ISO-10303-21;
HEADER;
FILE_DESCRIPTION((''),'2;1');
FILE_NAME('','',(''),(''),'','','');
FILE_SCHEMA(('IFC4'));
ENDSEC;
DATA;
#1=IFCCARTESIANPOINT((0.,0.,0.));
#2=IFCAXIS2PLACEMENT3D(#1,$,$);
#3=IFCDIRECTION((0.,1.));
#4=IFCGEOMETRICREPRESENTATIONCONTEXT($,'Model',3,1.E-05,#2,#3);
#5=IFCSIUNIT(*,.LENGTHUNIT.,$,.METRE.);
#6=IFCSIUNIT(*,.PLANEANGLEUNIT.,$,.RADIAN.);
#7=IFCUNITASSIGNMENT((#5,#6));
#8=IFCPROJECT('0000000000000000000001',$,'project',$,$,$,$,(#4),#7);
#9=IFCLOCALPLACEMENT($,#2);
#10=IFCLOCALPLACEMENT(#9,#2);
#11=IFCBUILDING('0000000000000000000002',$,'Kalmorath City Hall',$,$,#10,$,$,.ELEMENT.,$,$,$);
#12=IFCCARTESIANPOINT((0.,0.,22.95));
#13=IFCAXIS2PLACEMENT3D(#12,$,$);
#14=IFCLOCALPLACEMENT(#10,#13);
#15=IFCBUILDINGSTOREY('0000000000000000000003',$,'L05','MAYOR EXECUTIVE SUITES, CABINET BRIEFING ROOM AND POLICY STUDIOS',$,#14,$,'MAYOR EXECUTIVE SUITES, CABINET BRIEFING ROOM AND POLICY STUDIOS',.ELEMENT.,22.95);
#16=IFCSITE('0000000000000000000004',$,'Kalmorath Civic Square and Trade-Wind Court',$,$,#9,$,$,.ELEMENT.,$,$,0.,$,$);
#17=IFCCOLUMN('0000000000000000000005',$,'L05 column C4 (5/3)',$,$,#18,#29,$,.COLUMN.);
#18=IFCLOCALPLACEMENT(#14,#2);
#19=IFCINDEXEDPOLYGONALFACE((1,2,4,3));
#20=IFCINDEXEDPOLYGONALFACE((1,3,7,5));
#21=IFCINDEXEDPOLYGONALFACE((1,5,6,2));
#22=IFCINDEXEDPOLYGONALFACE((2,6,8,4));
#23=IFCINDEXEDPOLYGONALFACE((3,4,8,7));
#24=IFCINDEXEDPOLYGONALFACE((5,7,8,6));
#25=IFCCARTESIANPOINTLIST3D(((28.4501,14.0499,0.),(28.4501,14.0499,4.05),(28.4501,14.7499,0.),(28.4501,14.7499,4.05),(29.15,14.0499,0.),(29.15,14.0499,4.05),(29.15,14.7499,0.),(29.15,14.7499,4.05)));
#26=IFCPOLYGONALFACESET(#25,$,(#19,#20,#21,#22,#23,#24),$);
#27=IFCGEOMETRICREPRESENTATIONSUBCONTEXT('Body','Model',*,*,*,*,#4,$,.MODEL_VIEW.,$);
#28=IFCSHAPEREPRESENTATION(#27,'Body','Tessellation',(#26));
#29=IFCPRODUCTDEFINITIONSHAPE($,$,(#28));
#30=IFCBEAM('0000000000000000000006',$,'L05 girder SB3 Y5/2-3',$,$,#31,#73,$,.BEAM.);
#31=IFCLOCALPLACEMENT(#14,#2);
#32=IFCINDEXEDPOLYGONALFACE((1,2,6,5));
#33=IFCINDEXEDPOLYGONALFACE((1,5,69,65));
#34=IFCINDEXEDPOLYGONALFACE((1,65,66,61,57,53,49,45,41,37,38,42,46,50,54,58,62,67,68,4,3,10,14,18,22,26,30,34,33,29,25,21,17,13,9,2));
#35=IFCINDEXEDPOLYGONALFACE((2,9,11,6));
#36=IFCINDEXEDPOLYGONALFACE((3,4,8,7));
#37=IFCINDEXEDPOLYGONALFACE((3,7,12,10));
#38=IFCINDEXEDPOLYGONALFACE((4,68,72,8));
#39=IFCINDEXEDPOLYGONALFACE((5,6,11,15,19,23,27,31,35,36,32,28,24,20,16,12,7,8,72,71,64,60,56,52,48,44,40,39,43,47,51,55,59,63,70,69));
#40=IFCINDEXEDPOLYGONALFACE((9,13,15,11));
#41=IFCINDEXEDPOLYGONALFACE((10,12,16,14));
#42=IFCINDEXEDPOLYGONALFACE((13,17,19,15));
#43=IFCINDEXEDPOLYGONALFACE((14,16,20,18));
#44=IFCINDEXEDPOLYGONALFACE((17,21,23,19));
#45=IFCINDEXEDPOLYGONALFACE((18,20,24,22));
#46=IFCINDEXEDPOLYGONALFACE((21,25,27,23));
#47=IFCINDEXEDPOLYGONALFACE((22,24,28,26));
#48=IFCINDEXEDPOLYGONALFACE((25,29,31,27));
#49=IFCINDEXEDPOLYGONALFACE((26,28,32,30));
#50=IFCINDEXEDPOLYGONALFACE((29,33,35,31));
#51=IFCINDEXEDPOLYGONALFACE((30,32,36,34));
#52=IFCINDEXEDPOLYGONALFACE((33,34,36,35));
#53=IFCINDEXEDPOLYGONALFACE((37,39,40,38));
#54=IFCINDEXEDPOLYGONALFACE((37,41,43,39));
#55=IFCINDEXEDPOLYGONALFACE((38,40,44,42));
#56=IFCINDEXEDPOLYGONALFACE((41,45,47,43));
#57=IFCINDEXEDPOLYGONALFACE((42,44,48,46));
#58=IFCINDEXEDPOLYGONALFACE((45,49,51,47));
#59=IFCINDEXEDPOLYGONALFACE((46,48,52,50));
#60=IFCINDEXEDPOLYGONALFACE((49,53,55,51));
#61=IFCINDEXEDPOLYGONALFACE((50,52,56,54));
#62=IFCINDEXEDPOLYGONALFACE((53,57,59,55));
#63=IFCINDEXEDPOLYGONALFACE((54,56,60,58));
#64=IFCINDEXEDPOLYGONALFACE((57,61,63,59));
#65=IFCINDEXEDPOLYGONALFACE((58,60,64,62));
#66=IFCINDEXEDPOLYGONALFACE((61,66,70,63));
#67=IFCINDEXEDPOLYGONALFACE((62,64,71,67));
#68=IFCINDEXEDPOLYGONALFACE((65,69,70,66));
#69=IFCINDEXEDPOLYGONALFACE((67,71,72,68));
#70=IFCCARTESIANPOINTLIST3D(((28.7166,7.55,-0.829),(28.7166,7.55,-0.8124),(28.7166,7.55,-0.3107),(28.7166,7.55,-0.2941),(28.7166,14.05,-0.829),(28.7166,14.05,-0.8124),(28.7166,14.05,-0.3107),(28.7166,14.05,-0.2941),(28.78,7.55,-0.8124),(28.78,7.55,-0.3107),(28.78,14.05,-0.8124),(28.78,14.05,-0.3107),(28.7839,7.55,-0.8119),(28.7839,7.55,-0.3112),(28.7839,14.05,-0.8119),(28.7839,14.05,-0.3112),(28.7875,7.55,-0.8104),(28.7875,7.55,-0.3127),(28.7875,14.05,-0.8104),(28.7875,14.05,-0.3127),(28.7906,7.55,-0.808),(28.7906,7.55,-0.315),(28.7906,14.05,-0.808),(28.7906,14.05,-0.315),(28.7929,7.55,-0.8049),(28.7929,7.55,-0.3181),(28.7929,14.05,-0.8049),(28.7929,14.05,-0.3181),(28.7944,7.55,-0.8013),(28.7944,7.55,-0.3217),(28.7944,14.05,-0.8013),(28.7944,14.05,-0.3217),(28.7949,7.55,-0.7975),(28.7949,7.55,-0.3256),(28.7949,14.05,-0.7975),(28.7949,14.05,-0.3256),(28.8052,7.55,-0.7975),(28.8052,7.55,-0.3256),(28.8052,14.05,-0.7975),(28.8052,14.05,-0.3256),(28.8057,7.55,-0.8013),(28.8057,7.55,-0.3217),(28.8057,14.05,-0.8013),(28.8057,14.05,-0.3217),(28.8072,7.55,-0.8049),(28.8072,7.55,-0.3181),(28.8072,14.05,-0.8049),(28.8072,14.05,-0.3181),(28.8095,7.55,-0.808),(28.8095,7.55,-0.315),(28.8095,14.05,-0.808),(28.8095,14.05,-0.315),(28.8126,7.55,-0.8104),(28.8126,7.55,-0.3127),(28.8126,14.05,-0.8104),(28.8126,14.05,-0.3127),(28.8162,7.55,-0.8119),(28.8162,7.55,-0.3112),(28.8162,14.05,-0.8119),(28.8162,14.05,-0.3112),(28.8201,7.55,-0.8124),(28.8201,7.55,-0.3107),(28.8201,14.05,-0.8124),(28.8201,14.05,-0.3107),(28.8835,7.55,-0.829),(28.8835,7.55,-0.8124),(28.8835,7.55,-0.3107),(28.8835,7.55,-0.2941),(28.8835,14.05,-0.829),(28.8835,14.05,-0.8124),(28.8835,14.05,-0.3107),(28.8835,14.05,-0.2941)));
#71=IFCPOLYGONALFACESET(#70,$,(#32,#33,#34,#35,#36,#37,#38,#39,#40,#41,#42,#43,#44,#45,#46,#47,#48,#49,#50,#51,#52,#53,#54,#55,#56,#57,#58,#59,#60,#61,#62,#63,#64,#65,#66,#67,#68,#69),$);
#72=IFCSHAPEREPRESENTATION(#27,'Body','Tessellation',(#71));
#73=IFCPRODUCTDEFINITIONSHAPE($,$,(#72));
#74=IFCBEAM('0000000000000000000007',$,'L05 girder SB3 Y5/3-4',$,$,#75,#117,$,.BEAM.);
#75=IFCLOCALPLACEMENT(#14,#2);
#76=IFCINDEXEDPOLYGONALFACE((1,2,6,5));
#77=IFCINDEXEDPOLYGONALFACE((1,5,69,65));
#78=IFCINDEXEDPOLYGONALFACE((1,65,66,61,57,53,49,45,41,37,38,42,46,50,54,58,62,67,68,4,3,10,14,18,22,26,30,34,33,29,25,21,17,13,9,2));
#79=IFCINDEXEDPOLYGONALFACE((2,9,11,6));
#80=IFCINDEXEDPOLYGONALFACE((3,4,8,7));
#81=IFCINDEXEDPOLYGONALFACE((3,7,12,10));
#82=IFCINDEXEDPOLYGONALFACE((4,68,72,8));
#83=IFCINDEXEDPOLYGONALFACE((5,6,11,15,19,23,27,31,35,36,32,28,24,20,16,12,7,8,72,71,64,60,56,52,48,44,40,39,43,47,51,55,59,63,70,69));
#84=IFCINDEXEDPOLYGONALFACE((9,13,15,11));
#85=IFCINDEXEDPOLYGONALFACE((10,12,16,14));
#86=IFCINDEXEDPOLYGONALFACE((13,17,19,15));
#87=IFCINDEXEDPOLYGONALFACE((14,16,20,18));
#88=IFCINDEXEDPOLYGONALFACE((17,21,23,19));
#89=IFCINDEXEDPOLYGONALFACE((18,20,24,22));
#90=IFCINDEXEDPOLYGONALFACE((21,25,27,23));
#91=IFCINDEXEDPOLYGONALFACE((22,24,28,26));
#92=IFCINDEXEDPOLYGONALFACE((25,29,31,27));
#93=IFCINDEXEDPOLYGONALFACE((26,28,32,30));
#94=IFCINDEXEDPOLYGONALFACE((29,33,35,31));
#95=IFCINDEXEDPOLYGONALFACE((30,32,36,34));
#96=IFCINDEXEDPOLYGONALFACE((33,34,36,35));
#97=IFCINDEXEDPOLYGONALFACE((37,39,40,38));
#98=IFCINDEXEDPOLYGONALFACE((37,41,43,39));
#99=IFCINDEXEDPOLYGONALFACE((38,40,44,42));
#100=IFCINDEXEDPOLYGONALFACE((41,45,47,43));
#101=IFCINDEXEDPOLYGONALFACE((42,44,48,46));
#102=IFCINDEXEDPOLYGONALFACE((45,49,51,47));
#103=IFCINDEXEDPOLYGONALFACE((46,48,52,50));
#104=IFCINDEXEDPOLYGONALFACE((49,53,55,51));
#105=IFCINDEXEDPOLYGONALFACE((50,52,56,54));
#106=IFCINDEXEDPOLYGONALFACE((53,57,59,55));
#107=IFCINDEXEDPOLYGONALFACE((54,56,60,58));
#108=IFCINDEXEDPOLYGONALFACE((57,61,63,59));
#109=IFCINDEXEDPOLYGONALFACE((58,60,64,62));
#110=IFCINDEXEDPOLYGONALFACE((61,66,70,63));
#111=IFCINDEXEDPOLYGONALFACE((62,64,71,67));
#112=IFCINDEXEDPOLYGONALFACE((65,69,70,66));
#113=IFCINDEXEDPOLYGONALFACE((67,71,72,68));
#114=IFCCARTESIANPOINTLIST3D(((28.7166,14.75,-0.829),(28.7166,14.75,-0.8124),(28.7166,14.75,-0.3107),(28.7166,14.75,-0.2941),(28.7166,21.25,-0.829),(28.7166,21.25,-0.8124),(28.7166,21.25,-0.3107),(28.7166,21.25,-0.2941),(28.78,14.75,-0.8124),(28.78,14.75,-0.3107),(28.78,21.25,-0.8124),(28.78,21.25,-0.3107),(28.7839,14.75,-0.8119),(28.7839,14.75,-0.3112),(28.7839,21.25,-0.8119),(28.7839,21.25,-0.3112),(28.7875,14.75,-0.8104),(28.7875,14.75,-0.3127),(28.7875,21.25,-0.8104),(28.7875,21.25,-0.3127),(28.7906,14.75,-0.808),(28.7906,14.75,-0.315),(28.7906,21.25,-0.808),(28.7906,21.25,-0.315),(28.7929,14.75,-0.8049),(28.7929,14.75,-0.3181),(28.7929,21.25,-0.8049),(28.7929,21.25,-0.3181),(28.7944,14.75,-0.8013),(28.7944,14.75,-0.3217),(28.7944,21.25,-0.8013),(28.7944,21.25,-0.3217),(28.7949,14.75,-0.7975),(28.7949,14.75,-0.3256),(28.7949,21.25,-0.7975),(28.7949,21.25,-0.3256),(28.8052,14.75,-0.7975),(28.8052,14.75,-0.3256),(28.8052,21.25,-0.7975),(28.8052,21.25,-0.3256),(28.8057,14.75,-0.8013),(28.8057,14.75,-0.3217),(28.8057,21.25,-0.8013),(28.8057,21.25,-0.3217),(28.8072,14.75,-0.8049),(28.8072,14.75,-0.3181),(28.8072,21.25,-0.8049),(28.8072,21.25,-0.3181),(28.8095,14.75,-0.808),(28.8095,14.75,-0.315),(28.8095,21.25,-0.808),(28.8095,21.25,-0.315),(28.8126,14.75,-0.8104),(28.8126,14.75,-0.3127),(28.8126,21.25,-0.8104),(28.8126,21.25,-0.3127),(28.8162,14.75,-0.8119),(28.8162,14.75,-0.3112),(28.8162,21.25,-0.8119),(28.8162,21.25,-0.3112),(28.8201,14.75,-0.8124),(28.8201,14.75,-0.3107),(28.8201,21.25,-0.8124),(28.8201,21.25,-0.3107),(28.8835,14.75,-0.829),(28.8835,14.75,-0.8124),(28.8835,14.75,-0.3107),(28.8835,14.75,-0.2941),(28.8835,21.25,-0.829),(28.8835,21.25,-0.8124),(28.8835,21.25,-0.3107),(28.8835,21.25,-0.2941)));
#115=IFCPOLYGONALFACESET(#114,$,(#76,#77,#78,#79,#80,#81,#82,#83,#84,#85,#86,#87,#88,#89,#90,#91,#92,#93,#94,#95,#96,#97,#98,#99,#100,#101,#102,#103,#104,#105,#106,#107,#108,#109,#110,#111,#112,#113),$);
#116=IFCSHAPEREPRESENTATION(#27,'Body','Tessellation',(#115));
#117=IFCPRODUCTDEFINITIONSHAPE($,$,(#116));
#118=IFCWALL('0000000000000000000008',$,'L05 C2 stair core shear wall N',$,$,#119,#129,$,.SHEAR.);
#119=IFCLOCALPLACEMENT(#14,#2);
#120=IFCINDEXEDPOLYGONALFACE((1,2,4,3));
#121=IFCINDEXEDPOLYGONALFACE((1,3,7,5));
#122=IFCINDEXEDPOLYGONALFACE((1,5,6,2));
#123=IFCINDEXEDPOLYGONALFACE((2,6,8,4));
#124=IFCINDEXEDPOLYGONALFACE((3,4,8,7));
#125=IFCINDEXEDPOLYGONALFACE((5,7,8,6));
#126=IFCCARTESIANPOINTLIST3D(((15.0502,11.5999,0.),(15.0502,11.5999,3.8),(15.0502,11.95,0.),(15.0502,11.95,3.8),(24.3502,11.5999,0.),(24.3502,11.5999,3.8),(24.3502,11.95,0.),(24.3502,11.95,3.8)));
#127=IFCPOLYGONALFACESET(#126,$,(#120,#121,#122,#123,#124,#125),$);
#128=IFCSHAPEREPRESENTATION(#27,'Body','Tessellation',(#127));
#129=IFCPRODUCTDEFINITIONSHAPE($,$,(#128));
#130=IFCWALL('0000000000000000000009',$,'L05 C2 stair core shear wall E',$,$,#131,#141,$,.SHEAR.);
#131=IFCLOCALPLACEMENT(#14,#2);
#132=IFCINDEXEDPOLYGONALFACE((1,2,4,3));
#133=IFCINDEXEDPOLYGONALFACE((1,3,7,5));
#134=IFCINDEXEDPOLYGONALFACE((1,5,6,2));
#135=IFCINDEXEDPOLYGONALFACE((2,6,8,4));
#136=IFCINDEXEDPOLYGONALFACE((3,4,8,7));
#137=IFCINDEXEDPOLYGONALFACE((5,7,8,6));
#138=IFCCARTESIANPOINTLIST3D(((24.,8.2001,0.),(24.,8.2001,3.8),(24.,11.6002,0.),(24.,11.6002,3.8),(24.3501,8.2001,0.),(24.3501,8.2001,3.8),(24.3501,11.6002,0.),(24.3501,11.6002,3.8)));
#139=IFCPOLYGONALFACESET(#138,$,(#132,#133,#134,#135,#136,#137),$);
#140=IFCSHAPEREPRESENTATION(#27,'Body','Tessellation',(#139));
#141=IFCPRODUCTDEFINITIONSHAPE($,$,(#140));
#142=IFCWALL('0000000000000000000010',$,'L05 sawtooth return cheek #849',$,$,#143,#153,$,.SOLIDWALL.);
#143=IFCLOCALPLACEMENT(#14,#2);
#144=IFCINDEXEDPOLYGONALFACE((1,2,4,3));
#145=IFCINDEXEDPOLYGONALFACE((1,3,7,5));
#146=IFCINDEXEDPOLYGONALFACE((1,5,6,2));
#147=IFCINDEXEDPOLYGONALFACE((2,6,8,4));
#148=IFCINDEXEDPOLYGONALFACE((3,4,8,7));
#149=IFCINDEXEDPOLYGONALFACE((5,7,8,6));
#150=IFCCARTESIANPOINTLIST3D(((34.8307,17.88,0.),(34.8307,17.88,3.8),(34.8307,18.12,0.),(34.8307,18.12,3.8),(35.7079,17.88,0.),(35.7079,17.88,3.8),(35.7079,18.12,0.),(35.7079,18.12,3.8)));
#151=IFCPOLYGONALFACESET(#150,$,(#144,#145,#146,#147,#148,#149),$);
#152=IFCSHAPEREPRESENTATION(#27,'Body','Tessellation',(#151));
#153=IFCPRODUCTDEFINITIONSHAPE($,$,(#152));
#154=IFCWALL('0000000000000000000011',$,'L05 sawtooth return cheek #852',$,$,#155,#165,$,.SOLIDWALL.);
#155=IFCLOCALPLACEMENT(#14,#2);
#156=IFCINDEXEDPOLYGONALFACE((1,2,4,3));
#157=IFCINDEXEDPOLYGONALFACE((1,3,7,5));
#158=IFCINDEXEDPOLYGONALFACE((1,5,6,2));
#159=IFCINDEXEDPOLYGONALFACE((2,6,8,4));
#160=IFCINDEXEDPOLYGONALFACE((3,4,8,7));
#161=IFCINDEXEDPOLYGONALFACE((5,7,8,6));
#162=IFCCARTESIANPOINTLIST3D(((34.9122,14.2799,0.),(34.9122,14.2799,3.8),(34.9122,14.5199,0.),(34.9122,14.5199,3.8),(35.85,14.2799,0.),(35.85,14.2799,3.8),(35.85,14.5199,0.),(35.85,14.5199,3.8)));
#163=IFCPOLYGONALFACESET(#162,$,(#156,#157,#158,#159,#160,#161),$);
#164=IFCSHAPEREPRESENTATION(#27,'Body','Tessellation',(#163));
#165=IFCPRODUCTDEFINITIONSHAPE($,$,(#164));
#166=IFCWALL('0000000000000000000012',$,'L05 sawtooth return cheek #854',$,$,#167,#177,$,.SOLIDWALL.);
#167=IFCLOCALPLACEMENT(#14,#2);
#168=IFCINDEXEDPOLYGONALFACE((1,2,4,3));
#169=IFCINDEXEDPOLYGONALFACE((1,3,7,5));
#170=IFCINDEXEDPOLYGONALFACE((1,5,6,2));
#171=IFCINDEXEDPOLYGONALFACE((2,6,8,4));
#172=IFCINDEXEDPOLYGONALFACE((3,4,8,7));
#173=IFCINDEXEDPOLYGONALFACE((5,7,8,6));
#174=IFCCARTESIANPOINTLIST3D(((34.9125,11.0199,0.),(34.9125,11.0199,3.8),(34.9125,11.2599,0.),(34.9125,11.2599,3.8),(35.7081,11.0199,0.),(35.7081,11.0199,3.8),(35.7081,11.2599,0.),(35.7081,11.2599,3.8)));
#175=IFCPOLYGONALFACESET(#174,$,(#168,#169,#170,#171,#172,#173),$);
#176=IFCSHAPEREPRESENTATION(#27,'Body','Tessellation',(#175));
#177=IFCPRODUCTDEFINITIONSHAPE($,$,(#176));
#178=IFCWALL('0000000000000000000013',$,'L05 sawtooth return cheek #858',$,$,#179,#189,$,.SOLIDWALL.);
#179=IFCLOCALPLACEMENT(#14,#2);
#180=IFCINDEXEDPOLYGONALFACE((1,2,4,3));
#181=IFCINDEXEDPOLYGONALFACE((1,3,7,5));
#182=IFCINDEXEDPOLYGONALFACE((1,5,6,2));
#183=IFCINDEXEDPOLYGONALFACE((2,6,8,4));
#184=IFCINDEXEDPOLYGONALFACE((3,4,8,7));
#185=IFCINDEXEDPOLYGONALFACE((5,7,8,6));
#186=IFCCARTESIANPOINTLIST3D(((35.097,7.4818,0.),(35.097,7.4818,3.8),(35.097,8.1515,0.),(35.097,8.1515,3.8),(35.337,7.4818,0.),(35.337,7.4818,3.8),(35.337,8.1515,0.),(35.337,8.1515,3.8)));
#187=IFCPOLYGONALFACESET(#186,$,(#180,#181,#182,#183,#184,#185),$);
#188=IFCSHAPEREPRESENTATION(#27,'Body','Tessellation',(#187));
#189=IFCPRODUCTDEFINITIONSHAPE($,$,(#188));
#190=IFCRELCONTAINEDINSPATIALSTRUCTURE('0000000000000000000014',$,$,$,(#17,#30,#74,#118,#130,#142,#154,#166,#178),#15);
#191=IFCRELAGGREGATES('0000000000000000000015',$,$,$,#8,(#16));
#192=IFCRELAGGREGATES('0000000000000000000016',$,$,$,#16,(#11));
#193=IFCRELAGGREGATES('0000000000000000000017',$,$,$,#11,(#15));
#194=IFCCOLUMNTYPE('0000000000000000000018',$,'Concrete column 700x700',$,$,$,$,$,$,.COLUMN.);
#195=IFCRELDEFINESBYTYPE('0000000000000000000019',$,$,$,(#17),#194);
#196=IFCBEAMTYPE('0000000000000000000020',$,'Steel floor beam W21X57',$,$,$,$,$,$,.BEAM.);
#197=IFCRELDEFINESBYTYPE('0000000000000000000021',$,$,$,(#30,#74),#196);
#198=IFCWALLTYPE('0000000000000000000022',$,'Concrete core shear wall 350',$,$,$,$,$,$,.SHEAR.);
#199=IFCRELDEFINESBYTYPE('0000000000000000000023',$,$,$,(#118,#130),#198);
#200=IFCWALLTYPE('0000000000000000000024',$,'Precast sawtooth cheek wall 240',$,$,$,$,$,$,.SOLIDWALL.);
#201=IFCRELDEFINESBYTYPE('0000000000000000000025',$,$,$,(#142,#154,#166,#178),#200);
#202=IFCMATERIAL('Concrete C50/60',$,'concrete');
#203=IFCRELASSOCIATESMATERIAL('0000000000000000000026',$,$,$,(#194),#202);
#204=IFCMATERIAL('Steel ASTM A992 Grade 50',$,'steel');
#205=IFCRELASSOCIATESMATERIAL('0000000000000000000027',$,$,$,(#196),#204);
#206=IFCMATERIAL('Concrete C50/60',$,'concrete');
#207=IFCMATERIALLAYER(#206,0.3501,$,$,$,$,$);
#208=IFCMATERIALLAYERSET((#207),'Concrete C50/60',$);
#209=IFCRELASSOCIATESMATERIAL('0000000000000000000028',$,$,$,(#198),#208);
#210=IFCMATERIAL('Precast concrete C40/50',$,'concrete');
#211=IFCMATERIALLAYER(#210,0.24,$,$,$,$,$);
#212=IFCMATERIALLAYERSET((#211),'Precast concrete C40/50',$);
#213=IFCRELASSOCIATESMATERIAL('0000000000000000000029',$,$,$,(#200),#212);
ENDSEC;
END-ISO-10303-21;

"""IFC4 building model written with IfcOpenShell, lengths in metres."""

from ifc_helpers import new_model, si_unit, direction, frame, frame_2d, origin, origin_2d, place, context, subcontext, project, spatial, rectangle, i_section, extrude, material, layer, layer_set, material_profile, profile_set, type_object, element, save


model = new_model("IFC4")

# Units and contexts
model_context = context("Model", 3, precision=1e-05, world=origin(), true_north=direction((0.0, 1.0)))
body_context = subcontext(model_context, "Body", "Model", "MODEL_VIEW")
ifc_project = project(units=[si_unit("LENGTHUNIT", "METRE"), si_unit("PLANEANGLEUNIT", "RADIAN")], contexts=[model_context])

# Site, building, storey
site_placement = place(None, origin())
site = spatial("IfcSite", under=ifc_project, at=site_placement, Name="Kalmorath Civic Square and Trade-Wind Court", CompositionType="ELEMENT", RefElevation=0.0)
building_placement = place(site_placement, origin())
building = spatial("IfcBuilding", under=site, at=building_placement, Name="Kalmorath City Hall", CompositionType="ELEMENT")
storey_placement = place(building_placement, frame((0.0, 0.0, 22.95)))
storey = spatial("IfcBuildingStorey", under=building, at=storey_placement, Name="L05", Description="MAYOR EXECUTIVE SUITES, CABINET BRIEFING ROOM AND POLICY STUDIOS", LongName="MAYOR EXECUTIVE SUITES, CABINET BRIEFING ROOM AND POLICY STUDIOS", CompositionType="ELEMENT", Elevation=22.95)

# Column
ifc_material_1 = material(Name="Concrete C50/60", Category="concrete")
ifc_material_profile_1 = material_profile(ifc_material_1, rectangle(XDim=0.7, YDim=0.7, at=origin_2d()), Name="RC-COL-700X700")
ifc_profile_set_1 = profile_set([ifc_material_profile_1], Name="Concrete C50/60")
column_type = type_object("IfcColumnType", Name="Concrete column 700x700", PredefinedType="COLUMN", material=ifc_profile_set_1)
column_placement = place(storey_placement, frame((28.8, 14.3999, 0.0), z_axis=(0.0, 0.0, 1.0), x_axis=(1.0, 0.0, 0.0)))
element("IfcColumn", 1, at=column_placement, inside=storey, type_object=column_type, Name="L05 column C4 (5/3)", PredefinedType="COLUMN", context=body_context, shape_type="SweptSolid", body=[
    extrude(rectangle(XDim=0.7, YDim=0.7, at=origin_2d()), origin(), (0.0, 0.0, 1.0), 4.05),
])

# Beams
ifc_material_2 = material(Name="Steel ASTM A992 Grade 50", Category="steel")
ifc_material_profile_2 = material_profile(ifc_material_2, i_section(OverallWidth=0.167, OverallDepth=0.5349, WebThickness=0.0103, FlangeThickness=0.0166, FilletRadius=0.0149, at=origin_2d()), Name="W21X57")
ifc_profile_set_2 = profile_set([ifc_material_profile_2], Name="Steel ASTM A992 Grade 50")
beam_type = type_object("IfcBeamType", Name="Steel floor beam W21X57", PredefinedType="BEAM", material=ifc_profile_set_2)
for number, where, z_axis, x_axis, name in (
    (2, (28.8, 7.55, -0.5615), (0.0, 1.0, 0.0), (-1.0, 0.0, 0.0), "L05 girder SB3 Y5/2-3"),
    (3, (28.8, 14.75, -0.5615), (0.0, 1.0, 0.0), (-1.0, 0.0, 0.0), "L05 girder SB3 Y5/3-4"),
):
    element("IfcBeam", number, at=place(storey_placement, frame(where, z_axis=z_axis, x_axis=x_axis)), inside=storey, type_object=beam_type, Name=name, PredefinedType="BEAM", context=body_context, shape_type="SweptSolid", body=[
        extrude(i_section(OverallWidth=0.167, OverallDepth=0.5349, WebThickness=0.0103, FlangeThickness=0.0166, FilletRadius=0.0149, at=origin_2d()), origin(), (0.0, 0.0, 1.0), 6.5),
    ])

# Walls
ifc_material_3 = material(Name="Concrete C50/60", Category="concrete")
ifc_layer_1 = layer(ifc_material_3, 0.3501)
ifc_layer_set_1 = layer_set([ifc_layer_1], Name="Concrete C50/60")
wall_type_1 = type_object("IfcWallType", Name="Concrete core shear wall 350", PredefinedType="SHEAR", material=ifc_layer_set_1)
wall_1_placement = place(storey_placement, frame((24.3501, 11.7749, 0.0), z_axis=(0.0, 0.0, 1.0), x_axis=(-1.0, 0.0, 0.0)))
element("IfcWall", 4, at=wall_1_placement, inside=storey, type_object=wall_type_1, Name="L05 C2 stair core shear wall N", PredefinedType="SHEAR", context=body_context, shape_type="SweptSolid", body=[
    extrude(rectangle(XDim=9.3, YDim=0.3501, at=frame_2d((4.6499, 0.0))), origin(), (0.0, 0.0, 1.0), 3.8),
])
wall_2_placement = place(storey_placement, frame((24.175, 8.2, 0.0), z_axis=(0.0, 0.0, 1.0), x_axis=(0.0, 1.0, 0.0)))
element("IfcWall", 5, at=wall_2_placement, inside=storey, type_object=wall_type_1, Name="L05 C2 stair core shear wall E", PredefinedType="SHEAR", context=body_context, shape_type="SweptSolid", body=[
    extrude(rectangle(XDim=3.4001, YDim=0.3501, at=frame_2d((1.7002, 0.0))), origin(), (0.0, 0.0, 1.0), 3.8),
])
ifc_material_4 = material(Name="Precast concrete C40/50", Category="concrete")
ifc_layer_2 = layer(ifc_material_4, 0.24)
ifc_layer_set_2 = layer_set([ifc_layer_2], Name="Precast concrete C40/50")
wall_type_2 = type_object("IfcWallType", Name="Precast sawtooth cheek wall 240", PredefinedType="SOLIDWALL", material=ifc_layer_set_2)
wall_3_placement = place(storey_placement, frame((34.8308, 18.0, 0.0), z_axis=(0.0, 0.0, 1.0), x_axis=(1.0, 0.0, 0.0)))
element("IfcWall", 6, at=wall_3_placement, inside=storey, type_object=wall_type_2, Name="L05 sawtooth return cheek #849", PredefinedType="SOLIDWALL", context=body_context, shape_type="SweptSolid", body=[
    extrude(rectangle(XDim=0.8772, YDim=0.24, at=frame_2d((0.4385, 0.0))), origin(), (0.0, 0.0, 1.0), 3.8),
])
wall_4_placement = place(storey_placement, frame((34.9124, 14.3999, 0.0), z_axis=(0.0, 0.0, 1.0), x_axis=(1.0, 0.0, 0.0)))
element("IfcWall", 7, at=wall_4_placement, inside=storey, type_object=wall_type_2, Name="L05 sawtooth return cheek #852", PredefinedType="SOLIDWALL", context=body_context, shape_type="SweptSolid", body=[
    extrude(rectangle(XDim=0.9377, YDim=0.24, at=frame_2d((0.4688, 0.0))), origin(), (0.0, 0.0, 1.0), 3.8),
])
wall_5_placement = place(storey_placement, frame((34.9124, 11.1399, 0.0), z_axis=(0.0, 0.0, 1.0), x_axis=(1.0, 0.0, 0.0)))
element("IfcWall", 8, at=wall_5_placement, inside=storey, type_object=wall_type_2, Name="L05 sawtooth return cheek #854", PredefinedType="SOLIDWALL", context=body_context, shape_type="SweptSolid", body=[
    extrude(rectangle(XDim=0.7957, YDim=0.24, at=frame_2d((0.3979, 0.0))), origin(), (0.0, 0.0, 1.0), 3.8),
])
wall_6_placement = place(storey_placement, frame((35.217, 8.1516, 0.0), z_axis=(0.0, 0.0, 1.0), x_axis=(0.0, -1.0, 0.0)))
element("IfcWall", 9, at=wall_6_placement, inside=storey, type_object=wall_type_2, Name="L05 sawtooth return cheek #858", PredefinedType="SOLIDWALL", context=body_context, shape_type="SweptSolid", body=[
    extrude(rectangle(XDim=0.6697, YDim=0.24, at=frame_2d((0.335, 0.0))), origin(), (0.0, 0.0, 1.0), 3.8),
])

save(model, "model.ifc")
